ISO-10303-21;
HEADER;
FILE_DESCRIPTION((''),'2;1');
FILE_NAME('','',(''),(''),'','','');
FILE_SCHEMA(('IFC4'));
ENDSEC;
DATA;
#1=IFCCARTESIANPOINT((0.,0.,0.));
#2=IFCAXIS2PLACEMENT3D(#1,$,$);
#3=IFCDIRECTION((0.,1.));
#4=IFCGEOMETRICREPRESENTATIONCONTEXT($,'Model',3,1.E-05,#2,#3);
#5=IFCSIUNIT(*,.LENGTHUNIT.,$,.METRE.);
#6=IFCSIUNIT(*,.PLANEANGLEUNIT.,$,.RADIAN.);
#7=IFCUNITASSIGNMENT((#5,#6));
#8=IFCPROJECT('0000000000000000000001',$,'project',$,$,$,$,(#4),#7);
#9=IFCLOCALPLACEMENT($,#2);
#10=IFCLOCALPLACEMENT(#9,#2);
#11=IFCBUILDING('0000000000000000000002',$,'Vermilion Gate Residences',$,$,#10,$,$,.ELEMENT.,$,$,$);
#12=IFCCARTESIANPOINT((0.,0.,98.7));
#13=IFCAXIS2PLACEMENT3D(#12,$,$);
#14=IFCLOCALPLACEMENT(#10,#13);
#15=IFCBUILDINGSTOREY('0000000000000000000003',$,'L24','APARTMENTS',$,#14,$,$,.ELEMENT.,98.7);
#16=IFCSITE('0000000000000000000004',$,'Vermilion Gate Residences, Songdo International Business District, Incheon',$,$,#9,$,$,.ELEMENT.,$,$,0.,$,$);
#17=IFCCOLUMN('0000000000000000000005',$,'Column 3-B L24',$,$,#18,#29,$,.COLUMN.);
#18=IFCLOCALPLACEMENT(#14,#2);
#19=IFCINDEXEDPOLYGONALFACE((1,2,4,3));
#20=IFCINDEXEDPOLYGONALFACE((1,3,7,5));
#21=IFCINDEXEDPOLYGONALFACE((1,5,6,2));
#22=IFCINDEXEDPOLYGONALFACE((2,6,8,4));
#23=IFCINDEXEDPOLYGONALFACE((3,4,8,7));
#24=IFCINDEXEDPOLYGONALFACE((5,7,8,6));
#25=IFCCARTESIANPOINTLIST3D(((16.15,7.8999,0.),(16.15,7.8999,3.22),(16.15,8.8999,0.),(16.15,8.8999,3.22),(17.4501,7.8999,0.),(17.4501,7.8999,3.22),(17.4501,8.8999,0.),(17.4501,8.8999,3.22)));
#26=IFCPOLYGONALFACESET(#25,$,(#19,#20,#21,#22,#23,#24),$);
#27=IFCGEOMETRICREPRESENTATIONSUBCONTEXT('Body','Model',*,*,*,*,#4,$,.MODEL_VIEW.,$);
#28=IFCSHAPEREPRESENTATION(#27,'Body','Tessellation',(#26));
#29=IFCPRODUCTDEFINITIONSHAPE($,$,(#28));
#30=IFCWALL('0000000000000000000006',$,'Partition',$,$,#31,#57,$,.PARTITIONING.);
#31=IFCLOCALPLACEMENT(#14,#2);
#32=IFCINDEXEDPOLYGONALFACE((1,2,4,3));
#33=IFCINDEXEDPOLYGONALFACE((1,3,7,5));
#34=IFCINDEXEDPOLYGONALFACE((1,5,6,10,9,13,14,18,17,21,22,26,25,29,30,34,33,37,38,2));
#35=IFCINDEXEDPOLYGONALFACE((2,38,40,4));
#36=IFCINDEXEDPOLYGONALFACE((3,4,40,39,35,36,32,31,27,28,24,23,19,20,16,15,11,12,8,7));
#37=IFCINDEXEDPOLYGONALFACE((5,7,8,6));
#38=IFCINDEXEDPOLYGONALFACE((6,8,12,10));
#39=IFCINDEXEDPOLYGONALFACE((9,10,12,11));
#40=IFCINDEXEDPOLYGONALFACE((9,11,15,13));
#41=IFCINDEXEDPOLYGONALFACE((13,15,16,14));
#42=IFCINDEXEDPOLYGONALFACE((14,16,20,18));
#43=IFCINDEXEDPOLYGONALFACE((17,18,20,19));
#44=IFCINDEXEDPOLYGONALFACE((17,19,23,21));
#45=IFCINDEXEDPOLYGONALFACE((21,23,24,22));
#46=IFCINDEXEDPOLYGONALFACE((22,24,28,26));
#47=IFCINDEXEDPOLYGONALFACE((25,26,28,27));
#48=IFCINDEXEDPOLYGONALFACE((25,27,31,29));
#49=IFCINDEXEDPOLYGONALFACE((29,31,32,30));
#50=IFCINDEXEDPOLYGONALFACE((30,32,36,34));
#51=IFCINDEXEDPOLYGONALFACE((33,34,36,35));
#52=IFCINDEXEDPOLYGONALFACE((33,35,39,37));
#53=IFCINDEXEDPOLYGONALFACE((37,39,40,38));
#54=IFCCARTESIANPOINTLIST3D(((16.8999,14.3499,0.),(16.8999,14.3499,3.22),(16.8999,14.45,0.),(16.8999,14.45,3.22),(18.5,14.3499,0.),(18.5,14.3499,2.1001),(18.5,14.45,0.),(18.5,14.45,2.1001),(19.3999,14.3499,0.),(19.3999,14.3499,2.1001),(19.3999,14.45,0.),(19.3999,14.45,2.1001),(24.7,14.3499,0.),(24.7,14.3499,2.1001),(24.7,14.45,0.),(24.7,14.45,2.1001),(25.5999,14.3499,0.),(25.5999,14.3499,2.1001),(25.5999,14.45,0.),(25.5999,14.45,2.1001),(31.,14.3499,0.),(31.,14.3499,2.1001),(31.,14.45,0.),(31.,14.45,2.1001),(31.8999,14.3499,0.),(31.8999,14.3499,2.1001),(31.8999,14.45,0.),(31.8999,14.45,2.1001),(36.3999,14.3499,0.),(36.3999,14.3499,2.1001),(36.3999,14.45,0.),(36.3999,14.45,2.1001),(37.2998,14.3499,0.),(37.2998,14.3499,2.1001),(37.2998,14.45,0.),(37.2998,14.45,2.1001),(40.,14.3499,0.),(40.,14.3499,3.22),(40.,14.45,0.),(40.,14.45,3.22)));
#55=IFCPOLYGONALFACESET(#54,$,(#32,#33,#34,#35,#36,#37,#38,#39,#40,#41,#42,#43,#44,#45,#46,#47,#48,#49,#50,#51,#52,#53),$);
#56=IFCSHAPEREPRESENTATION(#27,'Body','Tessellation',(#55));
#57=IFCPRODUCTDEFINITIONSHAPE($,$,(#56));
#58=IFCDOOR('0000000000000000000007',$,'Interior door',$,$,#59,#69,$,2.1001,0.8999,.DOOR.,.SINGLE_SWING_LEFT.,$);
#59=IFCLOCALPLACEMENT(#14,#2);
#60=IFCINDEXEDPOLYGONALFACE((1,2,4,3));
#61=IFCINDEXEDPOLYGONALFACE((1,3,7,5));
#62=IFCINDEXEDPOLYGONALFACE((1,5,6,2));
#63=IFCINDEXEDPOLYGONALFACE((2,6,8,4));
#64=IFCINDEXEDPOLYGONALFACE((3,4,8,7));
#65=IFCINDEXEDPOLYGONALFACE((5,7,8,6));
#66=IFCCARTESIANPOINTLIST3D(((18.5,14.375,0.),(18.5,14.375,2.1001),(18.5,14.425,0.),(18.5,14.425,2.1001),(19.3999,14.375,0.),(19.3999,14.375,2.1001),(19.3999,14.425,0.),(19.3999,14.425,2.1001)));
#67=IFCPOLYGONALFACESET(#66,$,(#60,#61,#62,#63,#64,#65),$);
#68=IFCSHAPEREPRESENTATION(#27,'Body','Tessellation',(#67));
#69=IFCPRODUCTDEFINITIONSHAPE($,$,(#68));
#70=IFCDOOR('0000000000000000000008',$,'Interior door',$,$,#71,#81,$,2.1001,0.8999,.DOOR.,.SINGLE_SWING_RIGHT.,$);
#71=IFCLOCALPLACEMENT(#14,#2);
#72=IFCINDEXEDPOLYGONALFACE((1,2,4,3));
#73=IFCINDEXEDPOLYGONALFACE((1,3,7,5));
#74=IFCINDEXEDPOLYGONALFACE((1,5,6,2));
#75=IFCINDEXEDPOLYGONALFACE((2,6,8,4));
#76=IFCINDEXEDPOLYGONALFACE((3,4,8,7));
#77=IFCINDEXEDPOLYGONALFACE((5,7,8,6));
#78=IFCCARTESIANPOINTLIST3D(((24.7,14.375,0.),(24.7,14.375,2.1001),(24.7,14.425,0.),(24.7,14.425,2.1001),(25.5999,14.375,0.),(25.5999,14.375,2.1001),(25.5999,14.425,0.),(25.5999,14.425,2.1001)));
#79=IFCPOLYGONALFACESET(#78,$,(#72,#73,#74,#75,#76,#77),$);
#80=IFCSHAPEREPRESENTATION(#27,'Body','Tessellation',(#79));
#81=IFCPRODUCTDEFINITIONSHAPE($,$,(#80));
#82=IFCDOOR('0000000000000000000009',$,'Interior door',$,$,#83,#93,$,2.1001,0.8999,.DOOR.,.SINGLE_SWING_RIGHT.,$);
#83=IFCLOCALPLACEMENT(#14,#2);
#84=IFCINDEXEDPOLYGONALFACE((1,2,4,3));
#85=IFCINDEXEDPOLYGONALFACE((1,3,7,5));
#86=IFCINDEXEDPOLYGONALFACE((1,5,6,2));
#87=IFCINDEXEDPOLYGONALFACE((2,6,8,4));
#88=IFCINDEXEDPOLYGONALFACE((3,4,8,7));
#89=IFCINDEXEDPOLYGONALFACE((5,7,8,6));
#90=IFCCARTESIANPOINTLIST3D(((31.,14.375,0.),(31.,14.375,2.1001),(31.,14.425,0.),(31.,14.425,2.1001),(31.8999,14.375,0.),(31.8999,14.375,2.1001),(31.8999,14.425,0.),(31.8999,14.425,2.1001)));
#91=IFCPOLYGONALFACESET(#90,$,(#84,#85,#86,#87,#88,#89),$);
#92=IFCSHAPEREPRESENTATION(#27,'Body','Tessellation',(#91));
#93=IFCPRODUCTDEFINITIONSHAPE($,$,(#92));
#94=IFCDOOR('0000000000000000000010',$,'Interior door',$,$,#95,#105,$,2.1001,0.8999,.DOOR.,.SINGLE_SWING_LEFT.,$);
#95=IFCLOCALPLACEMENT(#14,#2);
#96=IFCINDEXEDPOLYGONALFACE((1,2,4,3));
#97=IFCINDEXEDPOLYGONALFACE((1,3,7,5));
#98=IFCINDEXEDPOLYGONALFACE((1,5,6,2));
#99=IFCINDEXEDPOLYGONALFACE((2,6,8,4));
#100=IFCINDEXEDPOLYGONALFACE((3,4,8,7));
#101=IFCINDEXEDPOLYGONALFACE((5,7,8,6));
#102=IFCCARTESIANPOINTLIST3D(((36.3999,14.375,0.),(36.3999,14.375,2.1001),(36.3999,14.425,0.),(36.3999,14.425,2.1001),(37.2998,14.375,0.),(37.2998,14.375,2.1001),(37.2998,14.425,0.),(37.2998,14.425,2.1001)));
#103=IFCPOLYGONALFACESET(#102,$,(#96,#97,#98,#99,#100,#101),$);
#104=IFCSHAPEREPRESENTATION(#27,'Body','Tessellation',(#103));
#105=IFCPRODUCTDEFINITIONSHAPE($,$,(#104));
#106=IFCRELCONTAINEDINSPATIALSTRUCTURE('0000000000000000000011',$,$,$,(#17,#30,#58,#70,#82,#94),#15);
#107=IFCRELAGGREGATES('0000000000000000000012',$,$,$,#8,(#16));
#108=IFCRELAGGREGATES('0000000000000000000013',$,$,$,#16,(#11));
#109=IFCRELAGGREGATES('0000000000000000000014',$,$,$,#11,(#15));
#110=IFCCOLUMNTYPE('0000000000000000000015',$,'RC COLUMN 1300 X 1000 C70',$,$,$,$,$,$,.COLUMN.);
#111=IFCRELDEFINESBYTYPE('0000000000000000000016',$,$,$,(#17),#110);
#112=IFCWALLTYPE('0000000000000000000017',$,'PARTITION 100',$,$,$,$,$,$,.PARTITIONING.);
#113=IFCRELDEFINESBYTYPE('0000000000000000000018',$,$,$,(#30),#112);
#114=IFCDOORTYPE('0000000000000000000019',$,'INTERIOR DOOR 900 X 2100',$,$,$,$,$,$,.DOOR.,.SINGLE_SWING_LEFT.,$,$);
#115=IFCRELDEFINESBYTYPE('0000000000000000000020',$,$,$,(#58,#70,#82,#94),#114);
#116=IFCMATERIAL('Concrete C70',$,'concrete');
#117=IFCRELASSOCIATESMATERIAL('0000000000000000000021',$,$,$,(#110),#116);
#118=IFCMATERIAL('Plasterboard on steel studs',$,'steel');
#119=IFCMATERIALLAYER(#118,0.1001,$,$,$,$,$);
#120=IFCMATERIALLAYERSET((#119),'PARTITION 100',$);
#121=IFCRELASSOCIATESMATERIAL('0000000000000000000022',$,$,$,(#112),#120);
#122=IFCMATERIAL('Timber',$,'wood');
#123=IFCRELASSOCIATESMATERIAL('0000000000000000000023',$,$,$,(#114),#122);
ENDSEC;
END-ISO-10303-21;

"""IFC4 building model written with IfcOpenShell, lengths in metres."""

from ifc_helpers import new_model, si_unit, direction, frame, frame_2d, origin, origin_2d, place, context, subcontext, project, spatial, rectangle, extrude, material, layer, layer_set, material_profile, profile_set, type_object, element, fill, save


model = new_model("IFC4")

# Units and contexts
model_context = context("Model", 3, precision=1e-05, world=origin(), true_north=direction((0.0, 1.0)))
body_context = subcontext(model_context, "Body", "Model", "MODEL_VIEW")
ifc_project = project(units=[si_unit("LENGTHUNIT", "METRE"), si_unit("PLANEANGLEUNIT", "RADIAN")], contexts=[model_context])

# Site, building, storey
site_placement = place(None, origin())
site = spatial("IfcSite", under=ifc_project, at=site_placement, Name="Vermilion Gate Residences, Songdo International Business District, Incheon", CompositionType="ELEMENT", RefElevation=0.0)
building_placement = place(site_placement, origin())
building = spatial("IfcBuilding", under=site, at=building_placement, Name="Vermilion Gate Residences", CompositionType="ELEMENT")
storey_placement = place(building_placement, frame((0.0, 0.0, 98.7)))
storey = spatial("IfcBuildingStorey", under=building, at=storey_placement, Name="L24", Description="APARTMENTS", CompositionType="ELEMENT", Elevation=98.7)

# Column
ifc_material_1 = material(Name="Concrete C70", Category="concrete")
ifc_material_profile_1 = material_profile(ifc_material_1, rectangle(XDim=1.3, YDim=1.0, at=origin_2d()), Name="RC-1300x1000")
ifc_profile_set_1 = profile_set([ifc_material_profile_1], Name="Concrete C70")
column_type = type_object("IfcColumnType", Name="RC COLUMN 1300 X 1000 C70", PredefinedType="COLUMN", material=ifc_profile_set_1)
column_placement = place(storey_placement, frame((16.8, 8.3999, 0.0), z_axis=(0.0, 0.0, 1.0), x_axis=(1.0, 0.0, 0.0)))
element("IfcColumn", 1, at=column_placement, inside=storey, type_object=column_type, Name="Column 3-B L24", PredefinedType="COLUMN", context=body_context, shape_type="SweptSolid", body=[
    extrude(rectangle(XDim=1.3, YDim=1.0, at=origin_2d()), origin(), (0.0, 0.0, 1.0), 3.22),
])

# Wall, openings, doors
ifc_material_2 = material(Name="Plasterboard on steel studs", Category="steel")
ifc_layer_1 = layer(ifc_material_2, 0.1001)
ifc_layer_set_1 = layer_set([ifc_layer_1], Name="PARTITION 100")
wall_type_1 = type_object("IfcWallType", Name="PARTITION 100", PredefinedType="PARTITIONING", material=ifc_layer_set_1)
wall_1_placement = place(storey_placement, frame((16.8999, 14.3999, 0.0), z_axis=(0.0, 0.0, 1.0), x_axis=(1.0, 0.0, 0.0)))
wall_1 = element("IfcWall", 2, at=wall_1_placement, inside=storey, type_object=wall_type_1, Name="Partition", PredefinedType="PARTITIONING", context=body_context, shape_type="SweptSolid", body=[
    extrude(rectangle(XDim=23.1001, YDim=0.1001, at=frame_2d((11.55, 0.0))), origin(), (0.0, 0.0, 1.0), 3.22),
])
opening_1_placement = place(wall_1_placement, frame((1.6001, 0.0, 0.0)))
opening_1 = element("IfcOpeningElement", 3, at=opening_1_placement, cuts=wall_1, PredefinedType="OPENING", context=body_context, shape_type="SweptSolid", body=[
    extrude(rectangle(XDim=0.8999, YDim=2.1001, at=frame_2d((0.45, 1.05))), frame((0.0, 0.0601, 0.0), z_axis=(0.0, -1.0, 0.0), x_axis=(1.0, 0.0, 0.0)), (0.0, 0.0, 1.0), 0.1201),
])
opening_2_placement = place(wall_1_placement, frame((7.8, 0.0, 0.0)))
opening_2 = element("IfcOpeningElement", 4, at=opening_2_placement, cuts=wall_1, PredefinedType="OPENING", context=body_context, shape_type="SweptSolid", body=[
    extrude(rectangle(XDim=0.8999, YDim=2.1001, at=frame_2d((0.45, 1.05))), frame((0.0, 0.0601, 0.0), z_axis=(0.0, -1.0, 0.0), x_axis=(1.0, 0.0, 0.0)), (0.0, 0.0, 1.0), 0.1201),
])
opening_3_placement = place(wall_1_placement, frame((14.1001, 0.0, 0.0)))
opening_3 = element("IfcOpeningElement", 5, at=opening_3_placement, cuts=wall_1, PredefinedType="OPENING", context=body_context, shape_type="SweptSolid", body=[
    extrude(rectangle(XDim=0.8999, YDim=2.1001, at=frame_2d((0.45, 1.05))), frame((0.0, 0.0601, 0.0), z_axis=(0.0, -1.0, 0.0), x_axis=(1.0, 0.0, 0.0)), (0.0, 0.0, 1.0), 0.1201),
])
opening_4_placement = place(wall_1_placement, frame((19.5, 0.0, 0.0)))
opening_4 = element("IfcOpeningElement", 6, at=opening_4_placement, cuts=wall_1, PredefinedType="OPENING", context=body_context, shape_type="SweptSolid", body=[
    extrude(rectangle(XDim=0.8999, YDim=2.1001, at=frame_2d((0.45, 1.05))), frame((0.0, 0.0601, 0.0), z_axis=(0.0, -1.0, 0.0), x_axis=(1.0, 0.0, 0.0)), (0.0, 0.0, 1.0), 0.1201),
])
ifc_material_3 = material(Name="Timber", Category="wood")
door_type_1 = type_object("IfcDoorType", Name="INTERIOR DOOR 900 X 2100", OperationType="SINGLE_SWING_LEFT", PredefinedType="DOOR", material=ifc_material_3)
door_1_placement = place(opening_1_placement, frame((0.8999, 0.0, 0.0), z_axis=(0.0, 0.0, 1.0), x_axis=(-1.0, 0.0, 0.0)))
door_1 = element("IfcDoor", 7, at=door_1_placement, inside=storey, type_object=door_type_1, Name="Interior door", OperationType="SINGLE_SWING_LEFT", OverallHeight=2.1001, OverallWidth=0.8999, PredefinedType="DOOR", context=body_context, shape_type="SweptSolid", body=[
    extrude(rectangle(XDim=0.8999, YDim=2.1001, at=frame_2d((0.45, 1.05))), frame((0.0, 0.0249, 0.0), z_axis=(0.0, -1.0, 0.0), x_axis=(1.0, 0.0, 0.0)), (0.0, 0.0, 1.0), 0.05),
])
fill(opening_1, door_1)
door_2_placement = place(opening_2_placement, frame((0.8999, 0.0, 0.0), z_axis=(0.0, 0.0, 1.0), x_axis=(-1.0, 0.0, 0.0)))
door_2 = element("IfcDoor", 8, at=door_2_placement, inside=storey, type_object=door_type_1, Name="Interior door", OperationType="SINGLE_SWING_RIGHT", OverallHeight=2.1001, OverallWidth=0.8999, PredefinedType="DOOR", context=body_context, shape_type="SweptSolid", body=[
    extrude(rectangle(XDim=0.8999, YDim=2.1001, at=frame_2d((0.45, 1.05))), frame((0.0, 0.0249, 0.0), z_axis=(0.0, -1.0, 0.0), x_axis=(1.0, 0.0, 0.0)), (0.0, 0.0, 1.0), 0.05),
])
fill(opening_2, door_2)
door_3_placement = place(opening_3_placement, frame((0.8999, 0.0, 0.0), z_axis=(0.0, 0.0, 1.0), x_axis=(-1.0, 0.0, 0.0)))
door_3 = element("IfcDoor", 9, at=door_3_placement, inside=storey, type_object=door_type_1, Name="Interior door", OperationType="SINGLE_SWING_RIGHT", OverallHeight=2.1001, OverallWidth=0.8999, PredefinedType="DOOR", context=body_context, shape_type="SweptSolid", body=[
    extrude(rectangle(XDim=0.8999, YDim=2.1001, at=frame_2d((0.45, 1.05))), frame((0.0, 0.0249, 0.0), z_axis=(0.0, -1.0, 0.0), x_axis=(1.0, 0.0, 0.0)), (0.0, 0.0, 1.0), 0.05),
])
fill(opening_3, door_3)
door_4_placement = place(opening_4_placement, frame((0.8999, 0.0, 0.0), z_axis=(0.0, 0.0, 1.0), x_axis=(-1.0, 0.0, 0.0)))
door_4 = element("IfcDoor", 10, at=door_4_placement, inside=storey, type_object=door_type_1, Name="Interior door", OperationType="SINGLE_SWING_LEFT", OverallHeight=2.1001, OverallWidth=0.8999, PredefinedType="DOOR", context=body_context, shape_type="SweptSolid", body=[
    extrude(rectangle(XDim=0.8999, YDim=2.1001, at=frame_2d((0.45, 1.05))), frame((0.0, 0.0249, 0.0), z_axis=(0.0, -1.0, 0.0), x_axis=(1.0, 0.0, 0.0)), (0.0, 0.0, 1.0), 0.05),
])
fill(opening_4, door_4)

save(model, "model.ifc")
